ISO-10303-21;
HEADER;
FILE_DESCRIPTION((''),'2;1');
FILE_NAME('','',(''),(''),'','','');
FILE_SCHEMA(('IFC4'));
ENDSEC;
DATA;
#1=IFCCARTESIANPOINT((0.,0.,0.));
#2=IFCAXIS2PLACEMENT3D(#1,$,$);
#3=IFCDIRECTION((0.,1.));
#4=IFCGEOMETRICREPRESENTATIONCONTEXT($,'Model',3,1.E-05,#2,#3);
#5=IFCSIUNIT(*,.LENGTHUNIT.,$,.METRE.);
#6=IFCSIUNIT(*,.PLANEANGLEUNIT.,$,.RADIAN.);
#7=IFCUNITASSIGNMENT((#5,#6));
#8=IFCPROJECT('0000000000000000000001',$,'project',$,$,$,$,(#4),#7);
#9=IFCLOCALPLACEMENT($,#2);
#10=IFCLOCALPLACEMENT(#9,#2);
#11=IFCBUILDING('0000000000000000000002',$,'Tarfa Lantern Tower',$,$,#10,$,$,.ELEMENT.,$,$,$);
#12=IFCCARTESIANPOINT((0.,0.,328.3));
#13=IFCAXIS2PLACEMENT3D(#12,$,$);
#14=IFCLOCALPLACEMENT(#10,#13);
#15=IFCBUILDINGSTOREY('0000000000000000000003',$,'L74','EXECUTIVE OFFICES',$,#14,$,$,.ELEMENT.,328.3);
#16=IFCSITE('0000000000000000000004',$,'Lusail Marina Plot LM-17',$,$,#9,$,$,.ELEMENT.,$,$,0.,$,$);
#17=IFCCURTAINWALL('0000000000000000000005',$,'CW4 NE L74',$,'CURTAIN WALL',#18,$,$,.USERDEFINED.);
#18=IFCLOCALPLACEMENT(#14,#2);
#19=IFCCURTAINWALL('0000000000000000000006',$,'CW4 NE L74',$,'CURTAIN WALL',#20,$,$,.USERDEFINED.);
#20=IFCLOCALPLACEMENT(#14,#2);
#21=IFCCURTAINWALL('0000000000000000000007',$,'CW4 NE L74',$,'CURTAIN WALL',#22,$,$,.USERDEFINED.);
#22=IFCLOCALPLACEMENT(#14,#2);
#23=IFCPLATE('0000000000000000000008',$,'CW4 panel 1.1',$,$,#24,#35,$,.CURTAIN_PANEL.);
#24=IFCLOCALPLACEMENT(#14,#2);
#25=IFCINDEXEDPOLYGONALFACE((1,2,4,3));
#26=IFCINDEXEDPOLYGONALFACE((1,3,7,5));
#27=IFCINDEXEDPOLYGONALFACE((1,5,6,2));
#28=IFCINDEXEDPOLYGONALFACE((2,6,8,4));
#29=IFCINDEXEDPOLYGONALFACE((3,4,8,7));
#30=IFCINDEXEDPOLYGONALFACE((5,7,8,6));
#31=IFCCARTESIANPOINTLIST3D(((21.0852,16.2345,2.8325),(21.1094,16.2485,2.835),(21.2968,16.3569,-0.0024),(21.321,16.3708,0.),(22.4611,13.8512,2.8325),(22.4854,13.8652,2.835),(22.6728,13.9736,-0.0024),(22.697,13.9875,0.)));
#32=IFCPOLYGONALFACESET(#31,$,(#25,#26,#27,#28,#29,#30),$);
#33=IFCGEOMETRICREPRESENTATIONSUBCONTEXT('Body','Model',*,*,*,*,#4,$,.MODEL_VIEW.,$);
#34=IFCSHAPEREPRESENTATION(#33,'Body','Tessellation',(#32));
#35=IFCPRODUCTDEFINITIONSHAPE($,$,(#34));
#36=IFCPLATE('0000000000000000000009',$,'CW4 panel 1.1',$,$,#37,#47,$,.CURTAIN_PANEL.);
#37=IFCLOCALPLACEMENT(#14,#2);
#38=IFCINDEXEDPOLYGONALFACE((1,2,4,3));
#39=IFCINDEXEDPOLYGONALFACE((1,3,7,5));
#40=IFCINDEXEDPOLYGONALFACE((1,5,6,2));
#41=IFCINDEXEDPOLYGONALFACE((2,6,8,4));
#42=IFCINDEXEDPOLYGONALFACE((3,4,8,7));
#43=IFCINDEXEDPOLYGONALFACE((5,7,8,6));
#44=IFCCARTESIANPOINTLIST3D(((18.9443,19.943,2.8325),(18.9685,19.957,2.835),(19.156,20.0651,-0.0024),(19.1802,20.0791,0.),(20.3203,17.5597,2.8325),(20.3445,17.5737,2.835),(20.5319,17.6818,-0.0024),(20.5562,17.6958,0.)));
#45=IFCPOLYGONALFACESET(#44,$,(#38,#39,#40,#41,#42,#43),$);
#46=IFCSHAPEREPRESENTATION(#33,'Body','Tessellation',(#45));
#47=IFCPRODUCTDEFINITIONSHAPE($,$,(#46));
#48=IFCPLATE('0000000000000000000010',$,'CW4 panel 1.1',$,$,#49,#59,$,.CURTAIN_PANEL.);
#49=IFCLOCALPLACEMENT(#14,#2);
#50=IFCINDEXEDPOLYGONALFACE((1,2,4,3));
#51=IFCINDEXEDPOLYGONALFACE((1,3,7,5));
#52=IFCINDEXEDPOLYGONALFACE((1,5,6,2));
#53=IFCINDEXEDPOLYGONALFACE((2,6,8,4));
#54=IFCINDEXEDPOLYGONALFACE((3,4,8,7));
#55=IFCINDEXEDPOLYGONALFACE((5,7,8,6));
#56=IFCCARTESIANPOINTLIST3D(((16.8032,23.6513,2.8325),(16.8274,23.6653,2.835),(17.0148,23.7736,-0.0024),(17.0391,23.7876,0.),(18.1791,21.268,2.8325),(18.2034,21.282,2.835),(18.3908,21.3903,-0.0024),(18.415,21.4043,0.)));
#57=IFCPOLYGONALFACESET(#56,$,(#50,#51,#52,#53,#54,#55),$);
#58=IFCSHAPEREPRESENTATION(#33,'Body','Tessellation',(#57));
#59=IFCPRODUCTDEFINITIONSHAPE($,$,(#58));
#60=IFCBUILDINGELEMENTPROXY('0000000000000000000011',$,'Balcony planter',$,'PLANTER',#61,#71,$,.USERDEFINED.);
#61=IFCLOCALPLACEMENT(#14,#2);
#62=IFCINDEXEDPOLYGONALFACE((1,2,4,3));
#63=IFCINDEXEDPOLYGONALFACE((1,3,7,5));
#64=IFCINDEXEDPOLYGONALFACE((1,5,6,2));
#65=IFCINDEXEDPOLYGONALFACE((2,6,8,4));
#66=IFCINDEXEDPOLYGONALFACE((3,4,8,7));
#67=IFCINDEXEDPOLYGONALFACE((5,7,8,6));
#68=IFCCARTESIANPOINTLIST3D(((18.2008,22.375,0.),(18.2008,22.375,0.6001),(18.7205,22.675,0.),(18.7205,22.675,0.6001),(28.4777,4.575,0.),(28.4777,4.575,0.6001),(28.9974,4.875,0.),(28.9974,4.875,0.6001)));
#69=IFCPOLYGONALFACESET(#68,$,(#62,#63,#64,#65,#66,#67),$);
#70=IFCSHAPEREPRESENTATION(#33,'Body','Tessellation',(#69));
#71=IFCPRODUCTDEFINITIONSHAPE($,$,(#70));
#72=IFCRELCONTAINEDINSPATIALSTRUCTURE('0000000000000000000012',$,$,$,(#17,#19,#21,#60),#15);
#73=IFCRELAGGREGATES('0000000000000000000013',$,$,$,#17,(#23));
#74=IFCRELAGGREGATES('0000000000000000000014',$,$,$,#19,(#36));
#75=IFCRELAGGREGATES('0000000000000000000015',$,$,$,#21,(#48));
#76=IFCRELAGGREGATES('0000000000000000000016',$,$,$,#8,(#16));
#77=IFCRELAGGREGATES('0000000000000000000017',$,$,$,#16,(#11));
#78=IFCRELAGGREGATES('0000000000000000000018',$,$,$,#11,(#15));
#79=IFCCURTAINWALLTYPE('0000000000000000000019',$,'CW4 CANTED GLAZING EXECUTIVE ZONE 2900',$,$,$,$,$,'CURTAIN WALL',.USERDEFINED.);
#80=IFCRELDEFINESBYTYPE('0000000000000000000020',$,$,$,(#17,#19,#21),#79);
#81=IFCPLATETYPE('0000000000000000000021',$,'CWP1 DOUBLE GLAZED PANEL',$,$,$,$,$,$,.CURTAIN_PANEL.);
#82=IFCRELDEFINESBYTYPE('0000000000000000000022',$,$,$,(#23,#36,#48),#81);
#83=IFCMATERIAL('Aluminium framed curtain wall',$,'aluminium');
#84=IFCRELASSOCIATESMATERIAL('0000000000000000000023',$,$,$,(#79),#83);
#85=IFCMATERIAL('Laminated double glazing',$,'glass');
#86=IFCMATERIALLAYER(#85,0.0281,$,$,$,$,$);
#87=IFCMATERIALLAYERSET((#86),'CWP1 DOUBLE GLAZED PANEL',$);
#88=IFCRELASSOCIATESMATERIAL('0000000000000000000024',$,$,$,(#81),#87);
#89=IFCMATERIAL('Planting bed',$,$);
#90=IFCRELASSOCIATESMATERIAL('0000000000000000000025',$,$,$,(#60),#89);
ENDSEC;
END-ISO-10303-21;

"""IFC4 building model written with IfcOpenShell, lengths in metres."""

from ifc_helpers import new_model, si_unit, direction, frame, origin, origin_2d, place, context, subcontext, project, spatial, polyline, rectangle, outline, extrude, material, layer, layer_set, type_object, element, aggregate, save


model = new_model("IFC4")

# Units and contexts
model_context = context("Model", 3, precision=1e-05, world=origin(), true_north=direction((0.0, 1.0)))
body_context = subcontext(model_context, "Body", "Model", "MODEL_VIEW")
ifc_project = project(units=[si_unit("LENGTHUNIT", "METRE"), si_unit("PLANEANGLEUNIT", "RADIAN")], contexts=[model_context])

# Site, building, storey
site_placement = place(None, origin())
site = spatial("IfcSite", under=ifc_project, at=site_placement, Name="Lusail Marina Plot LM-17", CompositionType="ELEMENT", RefElevation=0.0)
building_placement = place(site_placement, origin())
building = spatial("IfcBuilding", under=site, at=building_placement, Name="Tarfa Lantern Tower", CompositionType="ELEMENT")
storey_placement = place(building_placement, frame((0.0, 0.0, 328.3)))
storey = spatial("IfcBuildingStorey", under=building, at=storey_placement, Name="L74", Description="EXECUTIVE OFFICES", CompositionType="ELEMENT", Elevation=328.3)

# Shared definitions
ifc_material_1 = material(Name="Aluminium framed curtain wall", Category="aluminium")
curtain_wall_type = type_object("IfcCurtainWallType", Name="CW4 CANTED GLAZING EXECUTIVE ZONE 2900", ElementType="CURTAIN WALL", PredefinedType="USERDEFINED", material=ifc_material_1)

# Curtain walls
curtain_wall_1_placement = place(storey_placement, origin())
curtain_wall_1 = element("IfcCurtainWall", 1, at=curtain_wall_1_placement, inside=storey, type_object=curtain_wall_type, Name="CW4 NE L74", ObjectType="CURTAIN WALL", PredefinedType="USERDEFINED")
curtain_wall_2_placement = place(storey_placement, origin())
curtain_wall_2 = element("IfcCurtainWall", 2, at=curtain_wall_2_placement, inside=storey, type_object=curtain_wall_type, Name="CW4 NE L74", ObjectType="CURTAIN WALL", PredefinedType="USERDEFINED")

# Curtain wall
curtain_wall_3_placement = place(storey_placement, origin())
curtain_wall_3 = element("IfcCurtainWall", 3, at=curtain_wall_3_placement, inside=storey, type_object=curtain_wall_type, Name="CW4 NE L74", ObjectType="CURTAIN WALL", PredefinedType="USERDEFINED")

# Plates
ifc_material_2 = material(Name="Laminated double glazing", Category="glass")
ifc_layer = layer(ifc_material_2, 0.0281)
ifc_layer_set = layer_set([ifc_layer], Name="CWP1 DOUBLE GLAZED PANEL")
plate_type = type_object("IfcPlateType", Name="CWP1 DOUBLE GLAZED PANEL", PredefinedType="CURTAIN_PANEL", material=ifc_layer_set)
plate_1_placement = place(storey_placement, frame((22.697, 13.9875, 0.0), z_axis=(0.862827, 0.498145, 0.085915), x_axis=(-0.499994, 0.866029, 0.0)))
plate_1 = element("IfcPlate", 4, at=plate_1_placement, type_object=plate_type, Name="CW4 panel 1.1", PredefinedType="CURTAIN_PANEL", context=body_context, shape_type="SweptSolid", body=[
    extrude(outline(polyline([(0.0, 0.0), (2.752, 0.0), (2.7519, 2.8455), (-0.0001, 2.8455), (0.0, 0.0)])), origin(), (0.0, 0.0, -1.0), 0.0281),
])
aggregate(curtain_wall_1, [plate_1])
plate_2_placement = place(storey_placement, frame((20.5562, 17.6958, 0.0), z_axis=(0.86283, 0.498147, 0.085872), x_axis=(-0.499994, 0.866029, 0.0)))
plate_2 = element("IfcPlate", 5, at=plate_2_placement, type_object=plate_type, Name="CW4 panel 1.1", PredefinedType="CURTAIN_PANEL", context=body_context, shape_type="SweptSolid", body=[
    extrude(outline(polyline([(0.0, 0.0), (2.752, 0.0), (2.7521, 2.8455), (0.0001, 2.8455), (0.0, 0.0)])), origin(), (0.0, 0.0, -1.0), 0.0281),
])
aggregate(curtain_wall_2, [plate_2])
plate_3_placement = place(storey_placement, frame((18.415, 21.4043, 0.0), z_axis=(0.862827, 0.498145, 0.085915), x_axis=(-0.499994, 0.866029, 0.0)))
plate_3 = element("IfcPlate", 6, at=plate_3_placement, type_object=plate_type, Name="CW4 panel 1.1", PredefinedType="CURTAIN_PANEL", context=body_context, shape_type="SweptSolid", body=[
    extrude(outline(polyline([(0.0, 0.0), (2.752, 0.0), (2.7519, 2.8455), (-0.0001, 2.8455), (0.0, 0.0)])), origin(), (0.0, 0.0, -1.0), 0.0281),
])
aggregate(curtain_wall_3, [plate_3])

# Building element proxy
ifc_material_3 = material(Name="Planting bed")
proxy_placement = place(storey_placement, frame((23.5991, 13.625, 0.0), z_axis=(0.0, 0.0, 1.0), x_axis=(-0.5, 0.866025, 0.0)))
element("IfcBuildingElementProxy", 7, at=proxy_placement, inside=storey, material=ifc_material_3, Name="Balcony planter", ObjectType="PLANTER", PredefinedType="USERDEFINED", context=body_context, shape_type="SweptSolid", body=[
    extrude(rectangle(XDim=20.5537, YDim=0.6001, at=origin_2d()), origin(), (0.0, 0.0, 1.0), 0.6001),
])

save(model, "model.ifc")
